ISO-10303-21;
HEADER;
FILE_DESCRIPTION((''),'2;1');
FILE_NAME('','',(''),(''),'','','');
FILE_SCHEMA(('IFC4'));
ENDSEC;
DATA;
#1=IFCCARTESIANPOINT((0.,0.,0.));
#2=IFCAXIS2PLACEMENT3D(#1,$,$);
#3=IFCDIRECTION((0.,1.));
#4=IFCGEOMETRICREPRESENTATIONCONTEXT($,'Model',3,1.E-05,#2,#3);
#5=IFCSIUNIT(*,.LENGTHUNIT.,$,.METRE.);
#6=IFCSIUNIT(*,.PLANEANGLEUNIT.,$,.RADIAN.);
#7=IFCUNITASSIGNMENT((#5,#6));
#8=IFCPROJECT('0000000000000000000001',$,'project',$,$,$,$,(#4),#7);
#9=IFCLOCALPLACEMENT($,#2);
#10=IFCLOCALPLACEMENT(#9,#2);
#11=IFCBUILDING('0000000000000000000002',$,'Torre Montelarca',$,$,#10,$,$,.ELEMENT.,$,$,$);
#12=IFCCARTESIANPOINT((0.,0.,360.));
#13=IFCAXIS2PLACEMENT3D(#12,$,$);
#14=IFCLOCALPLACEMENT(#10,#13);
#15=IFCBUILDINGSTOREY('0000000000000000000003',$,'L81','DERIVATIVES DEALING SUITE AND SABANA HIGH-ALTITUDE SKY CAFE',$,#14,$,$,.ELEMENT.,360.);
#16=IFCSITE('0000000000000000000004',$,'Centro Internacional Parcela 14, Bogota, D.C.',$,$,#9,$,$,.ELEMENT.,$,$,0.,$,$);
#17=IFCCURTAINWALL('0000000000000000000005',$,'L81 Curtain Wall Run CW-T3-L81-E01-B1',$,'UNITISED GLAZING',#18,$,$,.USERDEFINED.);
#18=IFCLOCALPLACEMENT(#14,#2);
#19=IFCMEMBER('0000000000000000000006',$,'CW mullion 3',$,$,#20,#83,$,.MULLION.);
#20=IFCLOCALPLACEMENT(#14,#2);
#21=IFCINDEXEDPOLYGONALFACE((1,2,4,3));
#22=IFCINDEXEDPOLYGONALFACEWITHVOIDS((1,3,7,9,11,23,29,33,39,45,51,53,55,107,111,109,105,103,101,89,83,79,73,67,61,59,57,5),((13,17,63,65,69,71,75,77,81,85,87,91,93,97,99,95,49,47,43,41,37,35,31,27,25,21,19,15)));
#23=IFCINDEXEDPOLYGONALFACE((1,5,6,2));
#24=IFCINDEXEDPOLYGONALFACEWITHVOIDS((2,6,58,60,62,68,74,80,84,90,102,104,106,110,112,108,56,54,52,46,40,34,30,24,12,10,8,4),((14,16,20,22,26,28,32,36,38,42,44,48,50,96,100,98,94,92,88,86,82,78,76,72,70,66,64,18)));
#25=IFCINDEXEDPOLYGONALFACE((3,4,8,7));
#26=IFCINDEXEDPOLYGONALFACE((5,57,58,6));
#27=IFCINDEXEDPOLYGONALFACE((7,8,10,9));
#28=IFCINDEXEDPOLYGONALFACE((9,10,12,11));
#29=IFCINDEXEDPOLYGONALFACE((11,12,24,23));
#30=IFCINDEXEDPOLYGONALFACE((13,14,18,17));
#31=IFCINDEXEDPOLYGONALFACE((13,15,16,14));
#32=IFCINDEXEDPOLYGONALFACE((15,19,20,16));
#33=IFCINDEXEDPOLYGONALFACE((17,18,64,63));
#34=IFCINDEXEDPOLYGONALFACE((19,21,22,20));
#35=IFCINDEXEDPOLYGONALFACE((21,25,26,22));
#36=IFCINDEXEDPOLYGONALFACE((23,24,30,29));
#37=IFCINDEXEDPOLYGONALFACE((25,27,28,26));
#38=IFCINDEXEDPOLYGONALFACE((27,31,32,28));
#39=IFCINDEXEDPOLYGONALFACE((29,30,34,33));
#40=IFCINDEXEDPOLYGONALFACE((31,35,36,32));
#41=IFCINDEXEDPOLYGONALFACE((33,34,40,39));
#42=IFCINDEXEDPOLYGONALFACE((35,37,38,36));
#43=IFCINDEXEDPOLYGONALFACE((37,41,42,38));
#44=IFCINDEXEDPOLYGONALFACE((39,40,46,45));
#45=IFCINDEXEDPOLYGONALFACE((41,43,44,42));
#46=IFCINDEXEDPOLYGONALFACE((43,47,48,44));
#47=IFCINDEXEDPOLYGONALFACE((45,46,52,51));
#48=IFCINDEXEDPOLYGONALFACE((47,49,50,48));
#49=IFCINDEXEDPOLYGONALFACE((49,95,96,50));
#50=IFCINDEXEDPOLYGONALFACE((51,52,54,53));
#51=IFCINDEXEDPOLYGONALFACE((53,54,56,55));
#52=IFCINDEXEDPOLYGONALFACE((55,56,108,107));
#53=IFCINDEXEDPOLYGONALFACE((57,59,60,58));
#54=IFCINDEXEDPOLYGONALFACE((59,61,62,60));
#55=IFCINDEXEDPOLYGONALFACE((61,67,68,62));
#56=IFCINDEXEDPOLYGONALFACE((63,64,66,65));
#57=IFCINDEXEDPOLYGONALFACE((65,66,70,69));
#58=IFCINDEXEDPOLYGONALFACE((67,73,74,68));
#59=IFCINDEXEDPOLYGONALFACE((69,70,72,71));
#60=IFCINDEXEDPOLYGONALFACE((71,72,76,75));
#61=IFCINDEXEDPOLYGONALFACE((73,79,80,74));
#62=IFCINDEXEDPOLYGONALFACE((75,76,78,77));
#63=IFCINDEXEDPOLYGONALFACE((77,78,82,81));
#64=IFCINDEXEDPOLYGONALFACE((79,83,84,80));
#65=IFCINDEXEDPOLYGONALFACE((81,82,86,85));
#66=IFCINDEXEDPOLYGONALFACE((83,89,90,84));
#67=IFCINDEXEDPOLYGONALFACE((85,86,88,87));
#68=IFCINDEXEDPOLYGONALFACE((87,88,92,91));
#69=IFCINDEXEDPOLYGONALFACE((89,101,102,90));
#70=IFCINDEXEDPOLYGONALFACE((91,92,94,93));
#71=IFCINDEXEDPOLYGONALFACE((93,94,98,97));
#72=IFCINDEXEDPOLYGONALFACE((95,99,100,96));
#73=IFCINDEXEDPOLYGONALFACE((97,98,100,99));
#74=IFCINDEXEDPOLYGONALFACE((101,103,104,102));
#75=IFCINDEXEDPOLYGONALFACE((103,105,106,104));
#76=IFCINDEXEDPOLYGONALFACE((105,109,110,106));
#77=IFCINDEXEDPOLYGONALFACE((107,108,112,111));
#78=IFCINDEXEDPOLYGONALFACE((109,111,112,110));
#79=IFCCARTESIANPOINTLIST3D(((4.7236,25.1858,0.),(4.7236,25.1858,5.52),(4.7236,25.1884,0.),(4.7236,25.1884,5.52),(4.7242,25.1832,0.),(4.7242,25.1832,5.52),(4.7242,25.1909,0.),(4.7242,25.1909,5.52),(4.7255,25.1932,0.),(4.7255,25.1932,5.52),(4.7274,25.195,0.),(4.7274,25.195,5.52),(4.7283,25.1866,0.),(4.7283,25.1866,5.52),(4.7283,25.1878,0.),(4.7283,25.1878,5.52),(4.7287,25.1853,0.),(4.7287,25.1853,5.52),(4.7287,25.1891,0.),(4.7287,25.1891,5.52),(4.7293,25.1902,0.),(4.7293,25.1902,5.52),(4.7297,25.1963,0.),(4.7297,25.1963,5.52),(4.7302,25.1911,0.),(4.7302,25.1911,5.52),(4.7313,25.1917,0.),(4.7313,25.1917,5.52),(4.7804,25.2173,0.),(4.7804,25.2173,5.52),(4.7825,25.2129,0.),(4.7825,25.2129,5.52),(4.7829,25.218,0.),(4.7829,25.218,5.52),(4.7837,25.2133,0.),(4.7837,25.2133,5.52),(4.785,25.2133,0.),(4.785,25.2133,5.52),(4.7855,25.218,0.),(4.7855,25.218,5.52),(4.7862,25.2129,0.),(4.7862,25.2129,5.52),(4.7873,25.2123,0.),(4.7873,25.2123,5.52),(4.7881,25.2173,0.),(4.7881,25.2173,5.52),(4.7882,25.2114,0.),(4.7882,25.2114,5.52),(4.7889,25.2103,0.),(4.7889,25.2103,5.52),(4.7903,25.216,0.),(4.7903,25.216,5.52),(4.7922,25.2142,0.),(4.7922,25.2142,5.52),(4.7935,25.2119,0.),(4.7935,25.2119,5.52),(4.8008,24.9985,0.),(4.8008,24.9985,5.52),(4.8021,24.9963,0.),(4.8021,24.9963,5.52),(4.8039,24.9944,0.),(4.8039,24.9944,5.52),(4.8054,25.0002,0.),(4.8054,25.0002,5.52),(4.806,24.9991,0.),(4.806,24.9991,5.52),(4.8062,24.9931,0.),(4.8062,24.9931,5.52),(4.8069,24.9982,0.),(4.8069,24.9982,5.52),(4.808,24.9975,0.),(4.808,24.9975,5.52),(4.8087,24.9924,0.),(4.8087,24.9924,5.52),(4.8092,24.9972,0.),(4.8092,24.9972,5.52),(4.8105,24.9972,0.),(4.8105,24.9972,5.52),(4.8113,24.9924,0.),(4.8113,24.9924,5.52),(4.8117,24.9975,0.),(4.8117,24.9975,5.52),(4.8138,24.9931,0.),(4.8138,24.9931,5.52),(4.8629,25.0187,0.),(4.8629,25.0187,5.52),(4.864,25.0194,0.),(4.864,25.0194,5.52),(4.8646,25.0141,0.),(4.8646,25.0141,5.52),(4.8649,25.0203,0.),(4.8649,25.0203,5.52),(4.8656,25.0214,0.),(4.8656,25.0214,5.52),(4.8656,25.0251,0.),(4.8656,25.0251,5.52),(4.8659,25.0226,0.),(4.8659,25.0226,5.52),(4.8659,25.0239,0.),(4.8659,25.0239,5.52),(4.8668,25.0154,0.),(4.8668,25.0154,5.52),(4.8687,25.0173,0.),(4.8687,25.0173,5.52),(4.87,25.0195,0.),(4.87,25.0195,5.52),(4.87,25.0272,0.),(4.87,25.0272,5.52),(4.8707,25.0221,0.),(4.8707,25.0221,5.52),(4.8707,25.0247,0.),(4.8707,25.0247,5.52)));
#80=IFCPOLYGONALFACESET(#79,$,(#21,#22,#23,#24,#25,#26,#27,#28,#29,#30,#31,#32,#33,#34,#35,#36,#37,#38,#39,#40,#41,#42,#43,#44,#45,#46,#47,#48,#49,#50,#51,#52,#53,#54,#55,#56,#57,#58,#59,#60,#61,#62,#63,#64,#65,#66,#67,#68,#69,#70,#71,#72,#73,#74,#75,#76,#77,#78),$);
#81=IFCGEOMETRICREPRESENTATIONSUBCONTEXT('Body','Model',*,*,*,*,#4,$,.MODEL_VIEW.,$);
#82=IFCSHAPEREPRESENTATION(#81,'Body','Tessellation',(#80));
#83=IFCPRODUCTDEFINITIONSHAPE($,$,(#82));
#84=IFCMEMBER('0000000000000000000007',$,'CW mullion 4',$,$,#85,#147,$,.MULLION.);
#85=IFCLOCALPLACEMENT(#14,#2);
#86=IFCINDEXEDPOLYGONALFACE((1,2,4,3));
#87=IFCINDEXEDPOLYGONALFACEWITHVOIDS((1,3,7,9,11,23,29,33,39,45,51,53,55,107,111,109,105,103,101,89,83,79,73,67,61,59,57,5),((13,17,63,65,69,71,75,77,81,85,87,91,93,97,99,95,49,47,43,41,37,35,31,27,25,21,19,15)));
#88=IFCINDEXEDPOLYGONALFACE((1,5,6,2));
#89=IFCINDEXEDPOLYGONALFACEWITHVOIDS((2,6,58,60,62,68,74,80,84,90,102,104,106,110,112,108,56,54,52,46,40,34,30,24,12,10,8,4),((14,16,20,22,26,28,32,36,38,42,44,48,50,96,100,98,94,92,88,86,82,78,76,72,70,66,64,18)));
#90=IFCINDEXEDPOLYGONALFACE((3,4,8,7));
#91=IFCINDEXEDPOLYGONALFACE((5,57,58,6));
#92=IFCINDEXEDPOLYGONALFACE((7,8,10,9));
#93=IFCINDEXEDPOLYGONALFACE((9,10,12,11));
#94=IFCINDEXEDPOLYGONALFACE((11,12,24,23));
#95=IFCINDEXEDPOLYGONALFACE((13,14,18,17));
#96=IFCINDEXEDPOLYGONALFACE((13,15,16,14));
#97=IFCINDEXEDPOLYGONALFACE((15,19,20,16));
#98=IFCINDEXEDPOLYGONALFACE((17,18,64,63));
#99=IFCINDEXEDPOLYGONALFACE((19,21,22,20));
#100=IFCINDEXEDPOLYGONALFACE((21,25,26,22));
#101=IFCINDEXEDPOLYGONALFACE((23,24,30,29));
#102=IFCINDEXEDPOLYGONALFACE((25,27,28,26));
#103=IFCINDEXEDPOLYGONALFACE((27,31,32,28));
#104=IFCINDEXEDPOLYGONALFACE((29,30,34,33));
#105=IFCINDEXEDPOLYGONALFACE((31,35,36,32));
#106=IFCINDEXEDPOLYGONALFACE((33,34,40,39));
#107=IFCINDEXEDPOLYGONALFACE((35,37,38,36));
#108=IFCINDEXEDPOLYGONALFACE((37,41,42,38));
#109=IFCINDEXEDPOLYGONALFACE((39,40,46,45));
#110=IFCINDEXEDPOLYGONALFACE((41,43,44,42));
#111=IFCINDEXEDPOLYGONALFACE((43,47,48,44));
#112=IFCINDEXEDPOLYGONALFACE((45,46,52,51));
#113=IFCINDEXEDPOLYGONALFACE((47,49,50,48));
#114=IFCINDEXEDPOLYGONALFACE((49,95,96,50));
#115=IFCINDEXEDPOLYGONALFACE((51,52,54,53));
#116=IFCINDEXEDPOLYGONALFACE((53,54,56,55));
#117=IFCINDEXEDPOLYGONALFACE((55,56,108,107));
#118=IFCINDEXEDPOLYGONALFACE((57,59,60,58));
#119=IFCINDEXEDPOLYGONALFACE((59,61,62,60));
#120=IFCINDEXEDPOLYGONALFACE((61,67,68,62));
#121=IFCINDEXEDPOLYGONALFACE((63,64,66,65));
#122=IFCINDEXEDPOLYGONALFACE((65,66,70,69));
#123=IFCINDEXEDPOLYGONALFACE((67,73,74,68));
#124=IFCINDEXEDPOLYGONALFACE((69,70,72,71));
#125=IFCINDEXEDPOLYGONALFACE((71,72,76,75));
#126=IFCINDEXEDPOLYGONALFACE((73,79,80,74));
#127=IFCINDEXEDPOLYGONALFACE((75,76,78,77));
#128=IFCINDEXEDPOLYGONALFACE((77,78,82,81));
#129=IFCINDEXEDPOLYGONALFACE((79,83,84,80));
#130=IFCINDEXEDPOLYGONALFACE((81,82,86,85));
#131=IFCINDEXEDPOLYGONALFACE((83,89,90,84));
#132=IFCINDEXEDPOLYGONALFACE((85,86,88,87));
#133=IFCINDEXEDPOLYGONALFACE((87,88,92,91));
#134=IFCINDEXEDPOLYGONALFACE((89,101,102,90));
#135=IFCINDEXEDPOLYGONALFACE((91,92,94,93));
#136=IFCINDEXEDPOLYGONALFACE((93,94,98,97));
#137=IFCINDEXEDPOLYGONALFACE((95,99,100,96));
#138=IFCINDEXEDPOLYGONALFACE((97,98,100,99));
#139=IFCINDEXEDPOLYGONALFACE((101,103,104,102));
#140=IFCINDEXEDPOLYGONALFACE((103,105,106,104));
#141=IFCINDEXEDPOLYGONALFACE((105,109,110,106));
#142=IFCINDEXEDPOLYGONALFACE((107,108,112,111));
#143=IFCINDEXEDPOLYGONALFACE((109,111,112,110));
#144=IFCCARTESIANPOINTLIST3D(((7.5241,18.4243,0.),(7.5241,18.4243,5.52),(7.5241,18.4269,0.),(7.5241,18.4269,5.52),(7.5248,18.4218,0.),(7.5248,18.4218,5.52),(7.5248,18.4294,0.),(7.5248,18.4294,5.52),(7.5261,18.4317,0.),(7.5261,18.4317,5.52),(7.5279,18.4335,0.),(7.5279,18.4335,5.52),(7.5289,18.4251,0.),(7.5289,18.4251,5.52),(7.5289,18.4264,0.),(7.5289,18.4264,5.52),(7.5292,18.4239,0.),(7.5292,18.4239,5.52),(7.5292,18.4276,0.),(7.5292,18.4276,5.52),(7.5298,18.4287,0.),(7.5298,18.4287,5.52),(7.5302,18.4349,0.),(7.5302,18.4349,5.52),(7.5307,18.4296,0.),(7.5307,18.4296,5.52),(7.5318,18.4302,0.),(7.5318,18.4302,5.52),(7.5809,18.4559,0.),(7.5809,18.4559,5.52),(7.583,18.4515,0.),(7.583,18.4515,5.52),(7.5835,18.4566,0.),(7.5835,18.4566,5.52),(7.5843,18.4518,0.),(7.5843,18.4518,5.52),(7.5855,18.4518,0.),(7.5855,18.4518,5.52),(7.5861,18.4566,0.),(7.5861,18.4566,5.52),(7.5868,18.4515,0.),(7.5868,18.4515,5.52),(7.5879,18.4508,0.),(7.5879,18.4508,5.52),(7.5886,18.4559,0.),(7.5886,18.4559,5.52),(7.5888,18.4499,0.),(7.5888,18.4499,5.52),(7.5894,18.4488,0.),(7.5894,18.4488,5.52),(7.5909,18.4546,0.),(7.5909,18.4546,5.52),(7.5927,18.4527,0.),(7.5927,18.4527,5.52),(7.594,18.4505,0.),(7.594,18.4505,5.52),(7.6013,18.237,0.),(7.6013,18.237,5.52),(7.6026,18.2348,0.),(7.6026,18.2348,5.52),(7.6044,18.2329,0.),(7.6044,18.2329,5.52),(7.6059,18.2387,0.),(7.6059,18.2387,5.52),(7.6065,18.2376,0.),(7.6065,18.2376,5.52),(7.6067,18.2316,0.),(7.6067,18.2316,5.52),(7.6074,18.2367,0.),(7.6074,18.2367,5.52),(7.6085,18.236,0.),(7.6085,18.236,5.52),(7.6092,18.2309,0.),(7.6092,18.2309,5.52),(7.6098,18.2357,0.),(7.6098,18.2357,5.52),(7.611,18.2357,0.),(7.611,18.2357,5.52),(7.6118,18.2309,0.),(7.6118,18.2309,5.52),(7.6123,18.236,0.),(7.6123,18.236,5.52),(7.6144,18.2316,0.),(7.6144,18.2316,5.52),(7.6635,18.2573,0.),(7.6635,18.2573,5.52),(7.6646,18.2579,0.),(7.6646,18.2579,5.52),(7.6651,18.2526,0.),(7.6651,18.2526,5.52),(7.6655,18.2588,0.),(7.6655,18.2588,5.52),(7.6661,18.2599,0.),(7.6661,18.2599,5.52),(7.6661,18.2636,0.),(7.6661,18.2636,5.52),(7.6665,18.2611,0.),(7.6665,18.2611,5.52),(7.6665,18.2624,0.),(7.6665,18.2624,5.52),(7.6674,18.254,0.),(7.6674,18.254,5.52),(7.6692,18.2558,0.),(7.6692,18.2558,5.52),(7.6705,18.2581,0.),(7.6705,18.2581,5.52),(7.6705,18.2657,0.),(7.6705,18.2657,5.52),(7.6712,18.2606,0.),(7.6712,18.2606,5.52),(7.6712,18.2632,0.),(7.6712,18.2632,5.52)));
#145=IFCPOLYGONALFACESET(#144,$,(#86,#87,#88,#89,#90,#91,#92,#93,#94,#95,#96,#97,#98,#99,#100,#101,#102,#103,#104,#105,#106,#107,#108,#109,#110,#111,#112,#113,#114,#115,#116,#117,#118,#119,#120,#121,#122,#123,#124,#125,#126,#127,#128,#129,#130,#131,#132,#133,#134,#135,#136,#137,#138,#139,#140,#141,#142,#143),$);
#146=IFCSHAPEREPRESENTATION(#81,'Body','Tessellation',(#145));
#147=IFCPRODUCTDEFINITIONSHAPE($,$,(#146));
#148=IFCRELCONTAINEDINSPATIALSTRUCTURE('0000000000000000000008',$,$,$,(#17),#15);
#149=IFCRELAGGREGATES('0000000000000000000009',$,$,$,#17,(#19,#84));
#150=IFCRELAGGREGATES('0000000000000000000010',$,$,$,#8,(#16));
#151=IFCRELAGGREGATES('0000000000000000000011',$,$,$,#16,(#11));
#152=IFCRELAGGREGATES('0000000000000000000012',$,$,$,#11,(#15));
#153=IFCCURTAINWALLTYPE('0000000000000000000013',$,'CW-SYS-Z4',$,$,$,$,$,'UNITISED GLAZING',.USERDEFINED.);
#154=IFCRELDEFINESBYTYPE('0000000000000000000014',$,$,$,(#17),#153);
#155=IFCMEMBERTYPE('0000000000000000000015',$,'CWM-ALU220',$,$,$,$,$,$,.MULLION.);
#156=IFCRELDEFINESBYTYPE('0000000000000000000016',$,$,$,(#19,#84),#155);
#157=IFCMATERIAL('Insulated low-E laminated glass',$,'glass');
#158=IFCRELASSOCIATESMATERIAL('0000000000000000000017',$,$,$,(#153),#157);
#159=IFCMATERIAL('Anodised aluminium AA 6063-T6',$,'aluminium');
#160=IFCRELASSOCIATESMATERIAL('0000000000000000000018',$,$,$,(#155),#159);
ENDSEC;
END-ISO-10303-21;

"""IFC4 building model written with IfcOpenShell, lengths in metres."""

from ifc_helpers import new_model, si_unit, direction, frame, origin, origin_2d, place, context, subcontext, project, spatial, hollow_rectangle, extrude, source, transform, mapped, material, material_profile, profile_set, type_object, element, aggregate, save


model = new_model("IFC4")

# Units and contexts
model_context = context("Model", 3, precision=1e-05, world=origin(), true_north=direction((0.0, 1.0)))
body_context = subcontext(model_context, "Body", "Model", "MODEL_VIEW")
ifc_project = project(units=[si_unit("LENGTHUNIT", "METRE"), si_unit("PLANEANGLEUNIT", "RADIAN")], contexts=[model_context])

# Site, building, storey
site_placement = place(None, origin())
site = spatial("IfcSite", under=ifc_project, at=site_placement, Name="Centro Internacional Parcela 14, Bogota, D.C.", CompositionType="ELEMENT", RefElevation=0.0)
building_placement = place(site_placement, origin())
building = spatial("IfcBuilding", under=site, at=building_placement, Name="Torre Montelarca", CompositionType="ELEMENT")
storey_placement = place(building_placement, frame((0.0, 0.0, 360.0)))
storey = spatial("IfcBuildingStorey", under=building, at=storey_placement, Name="L81", Description="DERIVATIVES DEALING SUITE AND SABANA HIGH-ALTITUDE SKY CAFE", CompositionType="ELEMENT", Elevation=360.0)

# Curtain wall, members
ifc_material_1 = material(Name="Insulated low-E laminated glass", Category="glass")
curtain_wall_type = type_object("IfcCurtainWallType", Name="CW-SYS-Z4", ElementType="UNITISED GLAZING", PredefinedType="USERDEFINED", material=ifc_material_1)
curtain_wall_placement = place(storey_placement, origin())
curtain_wall = element("IfcCurtainWall", 1, at=curtain_wall_placement, inside=storey, type_object=curtain_wall_type, Name="L81 Curtain Wall Run CW-T3-L81-E01-B1", ObjectType="UNITISED GLAZING", PredefinedType="USERDEFINED")
ifc_material_2 = material(Name="Anodised aluminium AA 6063-T6", Category="aluminium")
ifc_material_profile_1 = material_profile(ifc_material_2, hollow_rectangle(XDim=0.075, YDim=0.22, WallThickness=0.0049, InnerFilletRadius=0.0049, OuterFilletRadius=0.01, at=origin_2d()), Name="ALU75X220X5", Category="aluminium")
ifc_profile_set_1 = profile_set([ifc_material_profile_1], Name="Anodised aluminium AA 6063-T6")
member_type_1 = type_object("IfcMemberType", Name="CWM-ALU220", PredefinedType="MULLION", material=ifc_profile_set_1)
shared_shape_1 = source(origin(), body_context, "Body", "SweptSolid", [
    extrude(hollow_rectangle(XDim=0.075, YDim=0.22, WallThickness=0.0049, InnerFilletRadius=0.0049, OuterFilletRadius=0.01, at=origin_2d()), origin(), (0.0, 0.0, 1.0), 5.52),
])
member_1_placement = place(storey_placement, frame((4.7971, 25.1052, 0.0), z_axis=(0.0, 0.0, 1.0), x_axis=(0.92388, 0.382681, 0.0)))
member_1 = element("IfcMember", 2, at=member_1_placement, type_object=member_type_1, Name="CW mullion 3", PredefinedType="MULLION", context=body_context, shape_type="MappedRepresentation", body=[
    mapped(shared_shape_1, transform((0.0, 0.0, 0.0), scale=1.0)),
])
member_2_placement = place(storey_placement, frame((7.5977, 18.3438, 0.0), z_axis=(0.0, 0.0, 1.0), x_axis=(0.92388, 0.382681, 0.0)))
member_2 = element("IfcMember", 3, at=member_2_placement, type_object=member_type_1, Name="CW mullion 4", PredefinedType="MULLION", context=body_context, shape_type="MappedRepresentation", body=[
    mapped(shared_shape_1, transform((0.0, 0.0, 0.0), scale=1.0)),
])
aggregate(curtain_wall, [member_1, member_2])

save(model, "model.ifc")
